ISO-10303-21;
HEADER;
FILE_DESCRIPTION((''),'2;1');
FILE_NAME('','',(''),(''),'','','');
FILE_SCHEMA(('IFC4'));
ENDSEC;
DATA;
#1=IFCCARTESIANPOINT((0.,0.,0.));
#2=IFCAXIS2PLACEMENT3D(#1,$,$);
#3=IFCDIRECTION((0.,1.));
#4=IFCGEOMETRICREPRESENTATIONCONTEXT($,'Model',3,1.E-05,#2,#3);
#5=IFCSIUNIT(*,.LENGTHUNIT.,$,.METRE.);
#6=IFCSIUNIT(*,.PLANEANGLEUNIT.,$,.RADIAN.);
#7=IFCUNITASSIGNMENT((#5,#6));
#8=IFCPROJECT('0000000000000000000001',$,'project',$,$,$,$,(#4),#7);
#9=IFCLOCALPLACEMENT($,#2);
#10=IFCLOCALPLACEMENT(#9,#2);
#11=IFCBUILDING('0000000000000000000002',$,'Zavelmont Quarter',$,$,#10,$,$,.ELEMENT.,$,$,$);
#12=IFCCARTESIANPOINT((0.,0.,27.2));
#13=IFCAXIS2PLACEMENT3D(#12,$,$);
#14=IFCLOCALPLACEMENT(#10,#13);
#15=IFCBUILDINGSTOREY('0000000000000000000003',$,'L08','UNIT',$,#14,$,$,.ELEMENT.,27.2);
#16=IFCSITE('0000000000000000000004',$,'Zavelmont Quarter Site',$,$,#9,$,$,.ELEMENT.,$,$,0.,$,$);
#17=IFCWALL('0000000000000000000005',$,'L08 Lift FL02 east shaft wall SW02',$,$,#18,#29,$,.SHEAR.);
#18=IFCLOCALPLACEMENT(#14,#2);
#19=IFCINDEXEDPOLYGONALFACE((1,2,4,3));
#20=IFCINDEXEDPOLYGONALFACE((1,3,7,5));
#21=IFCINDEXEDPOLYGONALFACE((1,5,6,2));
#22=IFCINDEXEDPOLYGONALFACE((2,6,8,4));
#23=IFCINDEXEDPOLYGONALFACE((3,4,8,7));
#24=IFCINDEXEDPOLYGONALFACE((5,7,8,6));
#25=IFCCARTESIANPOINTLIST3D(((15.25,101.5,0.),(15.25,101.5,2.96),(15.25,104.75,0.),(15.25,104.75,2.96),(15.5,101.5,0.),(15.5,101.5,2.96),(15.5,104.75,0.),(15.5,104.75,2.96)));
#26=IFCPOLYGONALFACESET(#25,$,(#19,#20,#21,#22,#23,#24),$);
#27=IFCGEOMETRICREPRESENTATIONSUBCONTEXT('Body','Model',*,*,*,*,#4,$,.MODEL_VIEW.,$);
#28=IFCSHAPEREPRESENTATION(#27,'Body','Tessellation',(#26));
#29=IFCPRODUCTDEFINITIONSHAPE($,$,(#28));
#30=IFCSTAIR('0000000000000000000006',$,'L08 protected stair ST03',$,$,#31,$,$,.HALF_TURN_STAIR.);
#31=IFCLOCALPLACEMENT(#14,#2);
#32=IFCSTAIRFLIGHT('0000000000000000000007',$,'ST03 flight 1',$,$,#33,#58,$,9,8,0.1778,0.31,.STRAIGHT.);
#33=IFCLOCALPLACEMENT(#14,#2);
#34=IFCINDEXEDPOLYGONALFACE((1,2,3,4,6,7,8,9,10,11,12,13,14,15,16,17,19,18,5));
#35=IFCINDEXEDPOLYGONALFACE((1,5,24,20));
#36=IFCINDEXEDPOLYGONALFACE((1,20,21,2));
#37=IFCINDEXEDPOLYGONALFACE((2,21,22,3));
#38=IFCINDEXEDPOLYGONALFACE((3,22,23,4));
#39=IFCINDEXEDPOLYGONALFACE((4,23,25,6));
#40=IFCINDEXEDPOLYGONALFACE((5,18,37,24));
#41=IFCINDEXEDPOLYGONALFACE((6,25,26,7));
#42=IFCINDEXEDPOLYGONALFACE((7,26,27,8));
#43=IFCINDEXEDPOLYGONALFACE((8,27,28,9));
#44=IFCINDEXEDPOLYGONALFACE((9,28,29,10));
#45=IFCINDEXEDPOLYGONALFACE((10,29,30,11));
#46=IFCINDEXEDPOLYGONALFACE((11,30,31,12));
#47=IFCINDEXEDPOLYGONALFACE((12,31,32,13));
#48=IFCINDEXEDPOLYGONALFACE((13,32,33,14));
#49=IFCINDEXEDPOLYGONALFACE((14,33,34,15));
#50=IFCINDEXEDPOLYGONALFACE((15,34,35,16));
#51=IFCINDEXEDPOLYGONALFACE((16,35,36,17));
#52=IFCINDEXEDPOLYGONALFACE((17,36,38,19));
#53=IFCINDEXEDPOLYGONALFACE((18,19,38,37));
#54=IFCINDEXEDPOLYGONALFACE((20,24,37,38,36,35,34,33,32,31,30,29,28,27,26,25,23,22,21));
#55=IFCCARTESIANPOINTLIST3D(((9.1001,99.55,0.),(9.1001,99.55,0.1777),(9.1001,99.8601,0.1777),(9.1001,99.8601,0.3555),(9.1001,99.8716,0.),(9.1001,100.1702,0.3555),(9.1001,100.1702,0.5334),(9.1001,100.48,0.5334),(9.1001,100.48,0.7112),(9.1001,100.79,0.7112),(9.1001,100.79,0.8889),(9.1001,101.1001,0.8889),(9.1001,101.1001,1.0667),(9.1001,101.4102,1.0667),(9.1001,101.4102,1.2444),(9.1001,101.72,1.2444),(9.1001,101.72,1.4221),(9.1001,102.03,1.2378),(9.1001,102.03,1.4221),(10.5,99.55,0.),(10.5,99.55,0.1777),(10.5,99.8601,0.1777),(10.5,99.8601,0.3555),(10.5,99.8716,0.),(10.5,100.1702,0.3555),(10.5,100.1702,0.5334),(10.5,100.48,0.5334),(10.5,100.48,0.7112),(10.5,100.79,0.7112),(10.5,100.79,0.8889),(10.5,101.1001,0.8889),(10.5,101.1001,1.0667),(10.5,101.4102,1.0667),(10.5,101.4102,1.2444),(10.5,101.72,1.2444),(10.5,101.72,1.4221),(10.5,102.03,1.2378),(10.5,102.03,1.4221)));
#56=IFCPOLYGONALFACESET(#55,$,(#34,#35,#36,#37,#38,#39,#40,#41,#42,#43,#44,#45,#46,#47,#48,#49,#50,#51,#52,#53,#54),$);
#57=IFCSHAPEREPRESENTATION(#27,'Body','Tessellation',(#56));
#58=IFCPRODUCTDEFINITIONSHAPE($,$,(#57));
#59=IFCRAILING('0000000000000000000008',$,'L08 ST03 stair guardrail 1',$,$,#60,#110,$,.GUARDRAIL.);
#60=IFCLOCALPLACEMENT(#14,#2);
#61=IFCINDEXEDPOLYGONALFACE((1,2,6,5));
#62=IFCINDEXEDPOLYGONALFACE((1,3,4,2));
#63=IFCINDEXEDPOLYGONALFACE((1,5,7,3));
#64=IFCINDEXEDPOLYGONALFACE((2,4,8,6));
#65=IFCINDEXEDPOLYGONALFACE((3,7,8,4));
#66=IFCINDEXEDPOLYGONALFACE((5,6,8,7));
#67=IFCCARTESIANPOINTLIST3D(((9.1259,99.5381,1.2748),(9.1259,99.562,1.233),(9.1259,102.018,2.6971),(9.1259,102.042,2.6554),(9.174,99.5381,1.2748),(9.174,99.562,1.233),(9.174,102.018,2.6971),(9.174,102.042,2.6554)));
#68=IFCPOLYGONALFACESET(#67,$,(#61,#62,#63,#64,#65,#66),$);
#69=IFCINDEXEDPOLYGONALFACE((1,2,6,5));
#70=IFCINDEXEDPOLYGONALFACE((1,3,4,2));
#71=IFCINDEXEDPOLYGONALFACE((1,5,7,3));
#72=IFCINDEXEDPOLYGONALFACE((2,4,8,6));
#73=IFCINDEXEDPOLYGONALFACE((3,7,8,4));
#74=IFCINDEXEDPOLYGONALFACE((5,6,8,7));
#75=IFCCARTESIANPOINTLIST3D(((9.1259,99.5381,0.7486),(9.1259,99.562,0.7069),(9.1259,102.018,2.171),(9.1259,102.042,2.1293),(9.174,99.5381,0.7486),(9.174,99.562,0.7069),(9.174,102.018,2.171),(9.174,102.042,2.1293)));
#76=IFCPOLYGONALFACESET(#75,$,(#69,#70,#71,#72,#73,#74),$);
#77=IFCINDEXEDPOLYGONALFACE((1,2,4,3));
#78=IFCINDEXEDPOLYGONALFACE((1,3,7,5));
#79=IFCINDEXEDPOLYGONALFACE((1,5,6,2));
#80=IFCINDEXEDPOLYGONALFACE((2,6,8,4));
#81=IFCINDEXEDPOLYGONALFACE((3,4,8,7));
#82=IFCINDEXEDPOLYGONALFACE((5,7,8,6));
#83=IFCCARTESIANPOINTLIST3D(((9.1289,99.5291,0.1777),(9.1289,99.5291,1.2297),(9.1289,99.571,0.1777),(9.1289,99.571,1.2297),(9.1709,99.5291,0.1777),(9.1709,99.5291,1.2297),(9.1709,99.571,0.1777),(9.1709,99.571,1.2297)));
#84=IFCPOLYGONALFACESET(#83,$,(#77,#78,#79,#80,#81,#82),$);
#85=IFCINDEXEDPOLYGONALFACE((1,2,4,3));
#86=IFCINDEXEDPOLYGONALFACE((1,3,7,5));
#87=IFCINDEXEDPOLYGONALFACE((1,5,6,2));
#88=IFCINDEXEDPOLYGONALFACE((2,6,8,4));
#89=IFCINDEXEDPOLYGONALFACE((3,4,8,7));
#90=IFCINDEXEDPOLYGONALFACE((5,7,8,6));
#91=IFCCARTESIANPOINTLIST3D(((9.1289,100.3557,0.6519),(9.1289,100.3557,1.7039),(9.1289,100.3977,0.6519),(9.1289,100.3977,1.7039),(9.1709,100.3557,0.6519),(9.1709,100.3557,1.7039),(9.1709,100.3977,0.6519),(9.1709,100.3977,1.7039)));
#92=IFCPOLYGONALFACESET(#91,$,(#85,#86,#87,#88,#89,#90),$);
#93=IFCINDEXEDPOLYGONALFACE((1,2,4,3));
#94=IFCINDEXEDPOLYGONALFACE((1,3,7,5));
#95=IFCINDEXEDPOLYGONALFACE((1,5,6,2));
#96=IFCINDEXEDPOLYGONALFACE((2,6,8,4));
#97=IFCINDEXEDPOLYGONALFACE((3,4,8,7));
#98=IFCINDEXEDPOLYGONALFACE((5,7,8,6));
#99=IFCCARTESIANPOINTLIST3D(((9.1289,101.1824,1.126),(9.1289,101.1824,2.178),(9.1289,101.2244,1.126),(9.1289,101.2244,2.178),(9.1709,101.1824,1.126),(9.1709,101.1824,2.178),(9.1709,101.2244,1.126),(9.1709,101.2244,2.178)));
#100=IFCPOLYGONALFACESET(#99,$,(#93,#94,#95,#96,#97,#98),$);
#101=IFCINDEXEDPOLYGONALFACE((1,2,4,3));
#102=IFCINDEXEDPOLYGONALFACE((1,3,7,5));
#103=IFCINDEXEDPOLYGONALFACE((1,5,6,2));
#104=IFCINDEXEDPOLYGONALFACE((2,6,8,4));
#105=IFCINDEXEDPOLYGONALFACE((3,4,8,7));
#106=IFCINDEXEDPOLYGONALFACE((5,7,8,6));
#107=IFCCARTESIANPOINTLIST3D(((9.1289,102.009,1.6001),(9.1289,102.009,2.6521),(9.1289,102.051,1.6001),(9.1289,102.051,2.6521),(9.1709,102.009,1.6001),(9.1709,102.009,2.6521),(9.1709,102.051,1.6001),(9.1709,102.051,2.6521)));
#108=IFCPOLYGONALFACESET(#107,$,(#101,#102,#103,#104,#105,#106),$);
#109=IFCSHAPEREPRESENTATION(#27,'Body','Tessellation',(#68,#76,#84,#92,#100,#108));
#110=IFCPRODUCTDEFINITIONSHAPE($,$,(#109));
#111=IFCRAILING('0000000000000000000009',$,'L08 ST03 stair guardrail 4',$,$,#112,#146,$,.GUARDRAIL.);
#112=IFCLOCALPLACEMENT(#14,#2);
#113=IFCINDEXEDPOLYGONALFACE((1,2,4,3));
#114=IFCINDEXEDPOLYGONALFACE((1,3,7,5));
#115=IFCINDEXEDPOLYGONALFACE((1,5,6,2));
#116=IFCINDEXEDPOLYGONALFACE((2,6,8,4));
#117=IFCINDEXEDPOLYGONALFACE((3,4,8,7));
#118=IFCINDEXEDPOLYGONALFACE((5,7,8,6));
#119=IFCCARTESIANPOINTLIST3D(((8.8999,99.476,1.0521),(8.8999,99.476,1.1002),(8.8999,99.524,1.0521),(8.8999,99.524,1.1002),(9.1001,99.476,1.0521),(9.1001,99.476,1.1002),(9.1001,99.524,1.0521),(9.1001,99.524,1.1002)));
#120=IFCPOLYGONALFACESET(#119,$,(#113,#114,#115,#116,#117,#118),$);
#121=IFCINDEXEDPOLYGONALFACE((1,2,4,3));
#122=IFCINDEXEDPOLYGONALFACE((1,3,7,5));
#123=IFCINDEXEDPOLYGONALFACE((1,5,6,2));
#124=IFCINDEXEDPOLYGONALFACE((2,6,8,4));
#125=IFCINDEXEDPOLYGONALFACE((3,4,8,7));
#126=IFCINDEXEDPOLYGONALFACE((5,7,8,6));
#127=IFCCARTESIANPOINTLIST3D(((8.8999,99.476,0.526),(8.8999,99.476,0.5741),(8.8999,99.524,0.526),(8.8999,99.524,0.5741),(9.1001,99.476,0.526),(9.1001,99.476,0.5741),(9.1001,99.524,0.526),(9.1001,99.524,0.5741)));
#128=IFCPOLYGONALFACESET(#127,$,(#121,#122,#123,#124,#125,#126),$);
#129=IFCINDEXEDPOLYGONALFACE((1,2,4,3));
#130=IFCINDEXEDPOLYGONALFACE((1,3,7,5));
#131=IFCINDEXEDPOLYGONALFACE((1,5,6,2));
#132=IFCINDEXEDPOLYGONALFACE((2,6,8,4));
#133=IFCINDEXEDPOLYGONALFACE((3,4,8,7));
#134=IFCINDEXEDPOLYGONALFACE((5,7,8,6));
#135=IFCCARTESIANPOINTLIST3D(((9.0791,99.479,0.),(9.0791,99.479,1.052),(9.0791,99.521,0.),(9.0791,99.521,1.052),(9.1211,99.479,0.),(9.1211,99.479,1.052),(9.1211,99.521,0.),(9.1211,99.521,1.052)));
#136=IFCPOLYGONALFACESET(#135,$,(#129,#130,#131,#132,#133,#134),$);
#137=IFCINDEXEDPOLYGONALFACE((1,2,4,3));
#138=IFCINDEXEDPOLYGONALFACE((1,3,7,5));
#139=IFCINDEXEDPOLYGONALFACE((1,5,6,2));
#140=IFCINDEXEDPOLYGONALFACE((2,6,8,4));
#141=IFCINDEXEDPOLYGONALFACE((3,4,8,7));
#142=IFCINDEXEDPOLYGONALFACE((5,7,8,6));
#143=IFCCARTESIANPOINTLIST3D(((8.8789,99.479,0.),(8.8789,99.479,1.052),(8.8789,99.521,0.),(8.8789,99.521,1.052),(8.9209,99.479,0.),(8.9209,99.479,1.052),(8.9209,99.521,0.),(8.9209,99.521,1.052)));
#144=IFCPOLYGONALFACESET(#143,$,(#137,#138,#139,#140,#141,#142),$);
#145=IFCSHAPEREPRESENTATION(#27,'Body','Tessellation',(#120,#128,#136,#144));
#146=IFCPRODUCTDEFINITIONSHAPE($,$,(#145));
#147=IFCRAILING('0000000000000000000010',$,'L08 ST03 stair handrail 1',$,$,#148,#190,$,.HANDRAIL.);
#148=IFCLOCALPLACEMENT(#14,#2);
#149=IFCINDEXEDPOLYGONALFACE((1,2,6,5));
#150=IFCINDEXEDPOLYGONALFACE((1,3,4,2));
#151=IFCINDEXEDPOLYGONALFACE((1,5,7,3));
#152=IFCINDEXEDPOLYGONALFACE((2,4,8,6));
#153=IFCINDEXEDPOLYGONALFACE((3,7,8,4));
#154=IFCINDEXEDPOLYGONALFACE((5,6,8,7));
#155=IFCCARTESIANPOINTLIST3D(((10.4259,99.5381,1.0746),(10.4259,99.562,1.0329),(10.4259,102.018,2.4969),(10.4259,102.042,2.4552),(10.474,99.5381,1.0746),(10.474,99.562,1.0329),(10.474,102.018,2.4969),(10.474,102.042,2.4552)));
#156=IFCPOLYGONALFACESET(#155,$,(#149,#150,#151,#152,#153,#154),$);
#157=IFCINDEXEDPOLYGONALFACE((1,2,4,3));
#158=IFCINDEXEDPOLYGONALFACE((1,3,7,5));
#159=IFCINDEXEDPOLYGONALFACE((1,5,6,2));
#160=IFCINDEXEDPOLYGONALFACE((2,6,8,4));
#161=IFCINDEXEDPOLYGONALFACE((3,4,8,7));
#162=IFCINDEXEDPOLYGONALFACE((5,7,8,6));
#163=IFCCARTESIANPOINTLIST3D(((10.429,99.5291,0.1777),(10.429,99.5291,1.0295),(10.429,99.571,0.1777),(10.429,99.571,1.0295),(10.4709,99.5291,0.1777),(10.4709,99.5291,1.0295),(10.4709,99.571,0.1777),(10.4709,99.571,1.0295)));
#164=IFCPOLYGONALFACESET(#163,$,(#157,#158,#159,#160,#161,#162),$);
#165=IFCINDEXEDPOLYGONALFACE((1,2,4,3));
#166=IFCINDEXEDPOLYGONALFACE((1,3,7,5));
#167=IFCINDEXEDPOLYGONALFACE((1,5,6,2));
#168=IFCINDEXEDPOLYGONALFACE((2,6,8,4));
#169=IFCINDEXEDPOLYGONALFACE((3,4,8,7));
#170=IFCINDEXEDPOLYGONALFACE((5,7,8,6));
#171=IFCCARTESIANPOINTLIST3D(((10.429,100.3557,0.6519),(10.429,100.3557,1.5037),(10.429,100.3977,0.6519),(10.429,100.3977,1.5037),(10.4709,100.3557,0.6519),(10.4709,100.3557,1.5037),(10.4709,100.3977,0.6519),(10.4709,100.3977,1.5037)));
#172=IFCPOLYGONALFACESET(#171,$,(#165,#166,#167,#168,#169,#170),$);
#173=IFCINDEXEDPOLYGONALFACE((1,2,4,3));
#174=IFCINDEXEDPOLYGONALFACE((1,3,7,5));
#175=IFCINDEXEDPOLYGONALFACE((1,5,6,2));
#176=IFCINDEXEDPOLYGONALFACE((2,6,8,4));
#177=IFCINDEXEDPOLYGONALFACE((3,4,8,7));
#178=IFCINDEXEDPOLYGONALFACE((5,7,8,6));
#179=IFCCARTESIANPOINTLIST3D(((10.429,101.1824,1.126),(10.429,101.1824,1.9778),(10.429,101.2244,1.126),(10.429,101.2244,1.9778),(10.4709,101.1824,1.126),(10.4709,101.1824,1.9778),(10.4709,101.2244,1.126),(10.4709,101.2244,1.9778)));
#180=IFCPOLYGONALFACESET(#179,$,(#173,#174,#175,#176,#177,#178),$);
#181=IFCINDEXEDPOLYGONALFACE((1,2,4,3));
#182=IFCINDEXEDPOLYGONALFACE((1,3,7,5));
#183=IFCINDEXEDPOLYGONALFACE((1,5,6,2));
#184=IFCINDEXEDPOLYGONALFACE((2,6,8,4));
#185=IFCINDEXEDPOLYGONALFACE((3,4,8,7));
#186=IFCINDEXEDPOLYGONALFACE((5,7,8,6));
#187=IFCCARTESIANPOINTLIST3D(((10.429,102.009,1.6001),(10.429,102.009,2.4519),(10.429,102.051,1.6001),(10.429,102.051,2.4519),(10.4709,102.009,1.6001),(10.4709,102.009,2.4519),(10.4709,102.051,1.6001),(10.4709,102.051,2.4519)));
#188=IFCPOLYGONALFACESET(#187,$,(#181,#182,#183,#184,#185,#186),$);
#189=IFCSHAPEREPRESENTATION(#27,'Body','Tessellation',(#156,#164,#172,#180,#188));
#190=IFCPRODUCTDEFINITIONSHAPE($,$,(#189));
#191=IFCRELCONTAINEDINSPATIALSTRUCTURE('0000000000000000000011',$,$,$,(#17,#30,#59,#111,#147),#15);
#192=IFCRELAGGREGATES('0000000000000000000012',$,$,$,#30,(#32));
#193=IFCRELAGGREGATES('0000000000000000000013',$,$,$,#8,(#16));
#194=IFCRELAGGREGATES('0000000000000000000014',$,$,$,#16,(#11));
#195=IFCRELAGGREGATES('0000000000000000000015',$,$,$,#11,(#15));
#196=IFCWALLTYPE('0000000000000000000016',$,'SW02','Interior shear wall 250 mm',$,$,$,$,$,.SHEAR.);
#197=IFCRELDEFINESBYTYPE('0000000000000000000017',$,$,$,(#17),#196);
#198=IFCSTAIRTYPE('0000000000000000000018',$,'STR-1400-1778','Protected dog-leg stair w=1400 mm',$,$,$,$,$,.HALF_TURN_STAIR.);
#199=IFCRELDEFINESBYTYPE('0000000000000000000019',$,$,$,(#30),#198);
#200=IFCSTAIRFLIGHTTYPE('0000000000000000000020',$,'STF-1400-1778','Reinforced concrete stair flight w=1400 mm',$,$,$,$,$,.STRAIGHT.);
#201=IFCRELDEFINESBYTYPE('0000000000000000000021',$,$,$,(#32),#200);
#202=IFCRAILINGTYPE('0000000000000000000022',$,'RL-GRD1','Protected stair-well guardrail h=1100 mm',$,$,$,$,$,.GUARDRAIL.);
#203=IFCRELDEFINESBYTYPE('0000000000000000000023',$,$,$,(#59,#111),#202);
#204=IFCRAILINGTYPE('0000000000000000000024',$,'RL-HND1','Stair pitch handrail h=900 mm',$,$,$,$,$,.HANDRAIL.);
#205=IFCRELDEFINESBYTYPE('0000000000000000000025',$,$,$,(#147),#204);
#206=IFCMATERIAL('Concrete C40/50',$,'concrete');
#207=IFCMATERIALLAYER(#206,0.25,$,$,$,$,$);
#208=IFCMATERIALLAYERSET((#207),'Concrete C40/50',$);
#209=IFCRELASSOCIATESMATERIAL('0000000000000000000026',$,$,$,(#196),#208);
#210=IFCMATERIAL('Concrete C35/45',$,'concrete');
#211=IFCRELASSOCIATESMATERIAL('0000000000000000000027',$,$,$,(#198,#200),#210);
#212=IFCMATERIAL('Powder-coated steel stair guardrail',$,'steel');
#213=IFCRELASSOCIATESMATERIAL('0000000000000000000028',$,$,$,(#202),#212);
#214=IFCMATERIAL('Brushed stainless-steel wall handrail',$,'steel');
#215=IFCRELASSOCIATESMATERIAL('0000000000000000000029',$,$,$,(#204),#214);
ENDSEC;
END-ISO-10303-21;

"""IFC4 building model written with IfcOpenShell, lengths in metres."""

from ifc_helpers import new_model, si_unit, direction, frame, frame_2d, origin, origin_2d, place, context, subcontext, project, spatial, polyline, rectangle, outline, extrude, material, layer, layer_set, type_object, element, aggregate, save


model = new_model("IFC4")

# Units and contexts
model_context = context("Model", 3, precision=1e-05, world=origin(), true_north=direction((0.0, 1.0)))
body_context = subcontext(model_context, "Body", "Model", "MODEL_VIEW")
ifc_project = project(units=[si_unit("LENGTHUNIT", "METRE"), si_unit("PLANEANGLEUNIT", "RADIAN")], contexts=[model_context])

# Site, building, storey
site_placement = place(None, origin())
site = spatial("IfcSite", under=ifc_project, at=site_placement, Name="Zavelmont Quarter Site", CompositionType="ELEMENT", RefElevation=0.0)
building_placement = place(site_placement, origin())
building = spatial("IfcBuilding", under=site, at=building_placement, Name="Zavelmont Quarter", CompositionType="ELEMENT")
storey_placement = place(building_placement, frame((0.0, 0.0, 27.2)))
storey = spatial("IfcBuildingStorey", under=building, at=storey_placement, Name="L08", Description="UNIT", CompositionType="ELEMENT", Elevation=27.2)

# Shared definitions
ifc_material_1 = material(Name="Concrete C35/45", Category="concrete")

# Shared definitions
ifc_material_2 = material(Name="Concrete C40/50", Category="concrete")
ifc_layer_1 = layer(ifc_material_2, 0.25)
ifc_layer_set_1 = layer_set([ifc_layer_1], Name="Concrete C40/50")
wall_type_1 = type_object("IfcWallType", Name="SW02", Description="Interior shear wall 250 mm", PredefinedType="SHEAR", material=ifc_layer_set_1)

# Wall
for number, where, z_axis, x_axis, name in (
    (1, (15.375, 101.5, 0.0), (0.0, 0.0, 1.0), (0.0, 1.0, 0.0), "L08 Lift FL02 east shaft wall SW02"),
):
    element("IfcWall", number, at=place(storey_placement, frame(where, z_axis=z_axis, x_axis=x_axis)), inside=storey, type_object=wall_type_1, Name=name, PredefinedType="SHEAR", context=body_context, shape_type="SweptSolid", body=[
        extrude(rectangle(XDim=3.25, YDim=0.25, at=frame_2d((1.625, 0.0))), origin(), (0.0, 0.0, 1.0), 2.96),
    ])

# Stair, stair flight
stair_type = type_object("IfcStairType", Name="STR-1400-1778", Description="Protected dog-leg stair w=1400 mm", PredefinedType="HALF_TURN_STAIR", material=ifc_material_1)
stair_placement = place(storey_placement, origin())
stair = element("IfcStair", 2, at=stair_placement, inside=storey, type_object=stair_type, Name="L08 protected stair ST03", PredefinedType="HALF_TURN_STAIR")
stair_flight_type = type_object("IfcStairFlightType", Name="STF-1400-1778", Description="Reinforced concrete stair flight w=1400 mm", PredefinedType="STRAIGHT", material=ifc_material_1)
stair_flight_placement = place(storey_placement, frame((9.8, 99.55, 0.0), z_axis=(0.0, 0.0, 1.0), x_axis=(0.0, 1.0, 0.0)))
stair_flight = element("IfcStairFlight", 3, at=stair_flight_placement, type_object=stair_flight_type, Name="ST03 flight 1", NumberOfRisers=9, NumberOfTreads=8, PredefinedType="STRAIGHT", RiserHeight=0.1778, TreadLength=0.31, context=body_context, shape_type="SweptSolid", body=[
    extrude(outline(polyline([(0.0, 0.0), (0.0, 0.1777), (0.3101, 0.1777), (0.3101, 0.3555), (0.6201, 0.3555), (0.6201, 0.5334), (0.9299, 0.5334), (0.9299, 0.7112), (1.24, 0.7112), (1.24, 0.8889), (1.55, 0.8889), (1.55, 1.0667), (1.8601, 1.0667), (1.8601, 1.2444), (2.1699, 1.2444), (2.1699, 1.4221), (2.48, 1.4221), (2.48, 1.6001), (2.48, 1.2378), (0.3215, 0.0), (0.0, 0.0)])), frame((0.0, 0.7, 0.0), z_axis=(0.0, -1.0, 0.0), x_axis=(1.0, 0.0, 0.0)), (0.0, 0.0, 1.0), 1.3999),
])
aggregate(stair, [stair_flight])

# Railings
ifc_material_3 = material(Name="Powder-coated steel stair guardrail", Category="steel")
railing_type_1 = type_object("IfcRailingType", Name="RL-GRD1", Description="Protected stair-well guardrail h=1100 mm", PredefinedType="GUARDRAIL", material=ifc_material_3)
railing_1_placement = place(storey_placement, frame((9.1499, 99.55, 0.1777)))
element("IfcRailing", 4, at=railing_1_placement, inside=storey, type_object=railing_type_1, Name="L08 ST03 stair guardrail 1", PredefinedType="GUARDRAIL", context=body_context, shape_type="SweptSolid", body=[
    extrude(rectangle(XDim=0.0481, YDim=0.0481, at=origin_2d()), frame((0.0, 0.0, 1.0762), z_axis=(0.0, 0.867454, 0.497518), x_axis=(-1.0, 0.0, 0.0)), (0.0, 0.0, 1.0), 2.8589),
    extrude(rectangle(XDim=0.0481, YDim=0.0481, at=origin_2d()), frame((0.0, 0.0, 0.55), z_axis=(0.0, 0.867454, 0.497518), x_axis=(-1.0, 0.0, 0.0)), (0.0, 0.0, 1.0), 2.8589),
    extrude(rectangle(XDim=0.042, YDim=0.042, at=origin_2d()), origin(), (0.0, 0.0, 1.0), 1.052),
    extrude(rectangle(XDim=0.042, YDim=0.042, at=origin_2d()), frame((0.0, 0.8267, 0.4741)), (0.0, 0.0, 1.0), 1.052),
    extrude(rectangle(XDim=0.042, YDim=0.042, at=origin_2d()), frame((0.0, 1.6533, 0.9482)), (0.0, 0.0, 1.0), 1.052),
    extrude(rectangle(XDim=0.042, YDim=0.042, at=origin_2d()), frame((0.0, 2.48, 1.4224)), (0.0, 0.0, 1.0), 1.052),
])
railing_2_placement = place(storey_placement, frame((9.1001, 99.5, 0.0)))
element("IfcRailing", 5, at=railing_2_placement, inside=storey, type_object=railing_type_1, Name="L08 ST03 stair guardrail 4", PredefinedType="GUARDRAIL", context=body_context, shape_type="SweptSolid", body=[
    extrude(rectangle(XDim=0.0481, YDim=0.0481, at=origin_2d()), frame((0.0, 0.0, 1.0762), z_axis=(-1.0, 0.0, 0.0), x_axis=(0.0, -1.0, 0.0)), (0.0, 0.0, 1.0), 0.2002),
    extrude(rectangle(XDim=0.0481, YDim=0.0481, at=origin_2d()), frame((0.0, 0.0, 0.55), z_axis=(-1.0, 0.0, 0.0), x_axis=(0.0, -1.0, 0.0)), (0.0, 0.0, 1.0), 0.2002),
    extrude(rectangle(XDim=0.042, YDim=0.042, at=origin_2d()), origin(), (0.0, 0.0, 1.0), 1.052),
    extrude(rectangle(XDim=0.042, YDim=0.042, at=origin_2d()), frame((-0.2002, 0.0, 0.0)), (0.0, 0.0, 1.0), 1.052),
])
ifc_material_4 = material(Name="Brushed stainless-steel wall handrail", Category="steel")
railing_type_2 = type_object("IfcRailingType", Name="RL-HND1", Description="Stair pitch handrail h=900 mm", PredefinedType="HANDRAIL", material=ifc_material_4)
railing_3_placement = place(storey_placement, frame((10.45, 99.55, 0.1777)))
element("IfcRailing", 6, at=railing_3_placement, inside=storey, type_object=railing_type_2, Name="L08 ST03 stair handrail 1", PredefinedType="HANDRAIL", context=body_context, shape_type="SweptSolid", body=[
    extrude(rectangle(XDim=0.0481, YDim=0.0481, at=origin_2d()), frame((0.0, 0.0, 0.876), z_axis=(0.0, 0.867454, 0.497518), x_axis=(-1.0, 0.0, 0.0)), (0.0, 0.0, 1.0), 2.8589),
    extrude(rectangle(XDim=0.042, YDim=0.042, at=origin_2d()), origin(), (0.0, 0.0, 1.0), 0.8518),
    extrude(rectangle(XDim=0.042, YDim=0.042, at=origin_2d()), frame((0.0, 0.8267, 0.4741)), (0.0, 0.0, 1.0), 0.8518),
    extrude(rectangle(XDim=0.042, YDim=0.042, at=origin_2d()), frame((0.0, 1.6533, 0.9482)), (0.0, 0.0, 1.0), 0.8518),
    extrude(rectangle(XDim=0.042, YDim=0.042, at=origin_2d()), frame((0.0, 2.48, 1.4224)), (0.0, 0.0, 1.0), 0.8518),
])

save(model, "model.ifc")
